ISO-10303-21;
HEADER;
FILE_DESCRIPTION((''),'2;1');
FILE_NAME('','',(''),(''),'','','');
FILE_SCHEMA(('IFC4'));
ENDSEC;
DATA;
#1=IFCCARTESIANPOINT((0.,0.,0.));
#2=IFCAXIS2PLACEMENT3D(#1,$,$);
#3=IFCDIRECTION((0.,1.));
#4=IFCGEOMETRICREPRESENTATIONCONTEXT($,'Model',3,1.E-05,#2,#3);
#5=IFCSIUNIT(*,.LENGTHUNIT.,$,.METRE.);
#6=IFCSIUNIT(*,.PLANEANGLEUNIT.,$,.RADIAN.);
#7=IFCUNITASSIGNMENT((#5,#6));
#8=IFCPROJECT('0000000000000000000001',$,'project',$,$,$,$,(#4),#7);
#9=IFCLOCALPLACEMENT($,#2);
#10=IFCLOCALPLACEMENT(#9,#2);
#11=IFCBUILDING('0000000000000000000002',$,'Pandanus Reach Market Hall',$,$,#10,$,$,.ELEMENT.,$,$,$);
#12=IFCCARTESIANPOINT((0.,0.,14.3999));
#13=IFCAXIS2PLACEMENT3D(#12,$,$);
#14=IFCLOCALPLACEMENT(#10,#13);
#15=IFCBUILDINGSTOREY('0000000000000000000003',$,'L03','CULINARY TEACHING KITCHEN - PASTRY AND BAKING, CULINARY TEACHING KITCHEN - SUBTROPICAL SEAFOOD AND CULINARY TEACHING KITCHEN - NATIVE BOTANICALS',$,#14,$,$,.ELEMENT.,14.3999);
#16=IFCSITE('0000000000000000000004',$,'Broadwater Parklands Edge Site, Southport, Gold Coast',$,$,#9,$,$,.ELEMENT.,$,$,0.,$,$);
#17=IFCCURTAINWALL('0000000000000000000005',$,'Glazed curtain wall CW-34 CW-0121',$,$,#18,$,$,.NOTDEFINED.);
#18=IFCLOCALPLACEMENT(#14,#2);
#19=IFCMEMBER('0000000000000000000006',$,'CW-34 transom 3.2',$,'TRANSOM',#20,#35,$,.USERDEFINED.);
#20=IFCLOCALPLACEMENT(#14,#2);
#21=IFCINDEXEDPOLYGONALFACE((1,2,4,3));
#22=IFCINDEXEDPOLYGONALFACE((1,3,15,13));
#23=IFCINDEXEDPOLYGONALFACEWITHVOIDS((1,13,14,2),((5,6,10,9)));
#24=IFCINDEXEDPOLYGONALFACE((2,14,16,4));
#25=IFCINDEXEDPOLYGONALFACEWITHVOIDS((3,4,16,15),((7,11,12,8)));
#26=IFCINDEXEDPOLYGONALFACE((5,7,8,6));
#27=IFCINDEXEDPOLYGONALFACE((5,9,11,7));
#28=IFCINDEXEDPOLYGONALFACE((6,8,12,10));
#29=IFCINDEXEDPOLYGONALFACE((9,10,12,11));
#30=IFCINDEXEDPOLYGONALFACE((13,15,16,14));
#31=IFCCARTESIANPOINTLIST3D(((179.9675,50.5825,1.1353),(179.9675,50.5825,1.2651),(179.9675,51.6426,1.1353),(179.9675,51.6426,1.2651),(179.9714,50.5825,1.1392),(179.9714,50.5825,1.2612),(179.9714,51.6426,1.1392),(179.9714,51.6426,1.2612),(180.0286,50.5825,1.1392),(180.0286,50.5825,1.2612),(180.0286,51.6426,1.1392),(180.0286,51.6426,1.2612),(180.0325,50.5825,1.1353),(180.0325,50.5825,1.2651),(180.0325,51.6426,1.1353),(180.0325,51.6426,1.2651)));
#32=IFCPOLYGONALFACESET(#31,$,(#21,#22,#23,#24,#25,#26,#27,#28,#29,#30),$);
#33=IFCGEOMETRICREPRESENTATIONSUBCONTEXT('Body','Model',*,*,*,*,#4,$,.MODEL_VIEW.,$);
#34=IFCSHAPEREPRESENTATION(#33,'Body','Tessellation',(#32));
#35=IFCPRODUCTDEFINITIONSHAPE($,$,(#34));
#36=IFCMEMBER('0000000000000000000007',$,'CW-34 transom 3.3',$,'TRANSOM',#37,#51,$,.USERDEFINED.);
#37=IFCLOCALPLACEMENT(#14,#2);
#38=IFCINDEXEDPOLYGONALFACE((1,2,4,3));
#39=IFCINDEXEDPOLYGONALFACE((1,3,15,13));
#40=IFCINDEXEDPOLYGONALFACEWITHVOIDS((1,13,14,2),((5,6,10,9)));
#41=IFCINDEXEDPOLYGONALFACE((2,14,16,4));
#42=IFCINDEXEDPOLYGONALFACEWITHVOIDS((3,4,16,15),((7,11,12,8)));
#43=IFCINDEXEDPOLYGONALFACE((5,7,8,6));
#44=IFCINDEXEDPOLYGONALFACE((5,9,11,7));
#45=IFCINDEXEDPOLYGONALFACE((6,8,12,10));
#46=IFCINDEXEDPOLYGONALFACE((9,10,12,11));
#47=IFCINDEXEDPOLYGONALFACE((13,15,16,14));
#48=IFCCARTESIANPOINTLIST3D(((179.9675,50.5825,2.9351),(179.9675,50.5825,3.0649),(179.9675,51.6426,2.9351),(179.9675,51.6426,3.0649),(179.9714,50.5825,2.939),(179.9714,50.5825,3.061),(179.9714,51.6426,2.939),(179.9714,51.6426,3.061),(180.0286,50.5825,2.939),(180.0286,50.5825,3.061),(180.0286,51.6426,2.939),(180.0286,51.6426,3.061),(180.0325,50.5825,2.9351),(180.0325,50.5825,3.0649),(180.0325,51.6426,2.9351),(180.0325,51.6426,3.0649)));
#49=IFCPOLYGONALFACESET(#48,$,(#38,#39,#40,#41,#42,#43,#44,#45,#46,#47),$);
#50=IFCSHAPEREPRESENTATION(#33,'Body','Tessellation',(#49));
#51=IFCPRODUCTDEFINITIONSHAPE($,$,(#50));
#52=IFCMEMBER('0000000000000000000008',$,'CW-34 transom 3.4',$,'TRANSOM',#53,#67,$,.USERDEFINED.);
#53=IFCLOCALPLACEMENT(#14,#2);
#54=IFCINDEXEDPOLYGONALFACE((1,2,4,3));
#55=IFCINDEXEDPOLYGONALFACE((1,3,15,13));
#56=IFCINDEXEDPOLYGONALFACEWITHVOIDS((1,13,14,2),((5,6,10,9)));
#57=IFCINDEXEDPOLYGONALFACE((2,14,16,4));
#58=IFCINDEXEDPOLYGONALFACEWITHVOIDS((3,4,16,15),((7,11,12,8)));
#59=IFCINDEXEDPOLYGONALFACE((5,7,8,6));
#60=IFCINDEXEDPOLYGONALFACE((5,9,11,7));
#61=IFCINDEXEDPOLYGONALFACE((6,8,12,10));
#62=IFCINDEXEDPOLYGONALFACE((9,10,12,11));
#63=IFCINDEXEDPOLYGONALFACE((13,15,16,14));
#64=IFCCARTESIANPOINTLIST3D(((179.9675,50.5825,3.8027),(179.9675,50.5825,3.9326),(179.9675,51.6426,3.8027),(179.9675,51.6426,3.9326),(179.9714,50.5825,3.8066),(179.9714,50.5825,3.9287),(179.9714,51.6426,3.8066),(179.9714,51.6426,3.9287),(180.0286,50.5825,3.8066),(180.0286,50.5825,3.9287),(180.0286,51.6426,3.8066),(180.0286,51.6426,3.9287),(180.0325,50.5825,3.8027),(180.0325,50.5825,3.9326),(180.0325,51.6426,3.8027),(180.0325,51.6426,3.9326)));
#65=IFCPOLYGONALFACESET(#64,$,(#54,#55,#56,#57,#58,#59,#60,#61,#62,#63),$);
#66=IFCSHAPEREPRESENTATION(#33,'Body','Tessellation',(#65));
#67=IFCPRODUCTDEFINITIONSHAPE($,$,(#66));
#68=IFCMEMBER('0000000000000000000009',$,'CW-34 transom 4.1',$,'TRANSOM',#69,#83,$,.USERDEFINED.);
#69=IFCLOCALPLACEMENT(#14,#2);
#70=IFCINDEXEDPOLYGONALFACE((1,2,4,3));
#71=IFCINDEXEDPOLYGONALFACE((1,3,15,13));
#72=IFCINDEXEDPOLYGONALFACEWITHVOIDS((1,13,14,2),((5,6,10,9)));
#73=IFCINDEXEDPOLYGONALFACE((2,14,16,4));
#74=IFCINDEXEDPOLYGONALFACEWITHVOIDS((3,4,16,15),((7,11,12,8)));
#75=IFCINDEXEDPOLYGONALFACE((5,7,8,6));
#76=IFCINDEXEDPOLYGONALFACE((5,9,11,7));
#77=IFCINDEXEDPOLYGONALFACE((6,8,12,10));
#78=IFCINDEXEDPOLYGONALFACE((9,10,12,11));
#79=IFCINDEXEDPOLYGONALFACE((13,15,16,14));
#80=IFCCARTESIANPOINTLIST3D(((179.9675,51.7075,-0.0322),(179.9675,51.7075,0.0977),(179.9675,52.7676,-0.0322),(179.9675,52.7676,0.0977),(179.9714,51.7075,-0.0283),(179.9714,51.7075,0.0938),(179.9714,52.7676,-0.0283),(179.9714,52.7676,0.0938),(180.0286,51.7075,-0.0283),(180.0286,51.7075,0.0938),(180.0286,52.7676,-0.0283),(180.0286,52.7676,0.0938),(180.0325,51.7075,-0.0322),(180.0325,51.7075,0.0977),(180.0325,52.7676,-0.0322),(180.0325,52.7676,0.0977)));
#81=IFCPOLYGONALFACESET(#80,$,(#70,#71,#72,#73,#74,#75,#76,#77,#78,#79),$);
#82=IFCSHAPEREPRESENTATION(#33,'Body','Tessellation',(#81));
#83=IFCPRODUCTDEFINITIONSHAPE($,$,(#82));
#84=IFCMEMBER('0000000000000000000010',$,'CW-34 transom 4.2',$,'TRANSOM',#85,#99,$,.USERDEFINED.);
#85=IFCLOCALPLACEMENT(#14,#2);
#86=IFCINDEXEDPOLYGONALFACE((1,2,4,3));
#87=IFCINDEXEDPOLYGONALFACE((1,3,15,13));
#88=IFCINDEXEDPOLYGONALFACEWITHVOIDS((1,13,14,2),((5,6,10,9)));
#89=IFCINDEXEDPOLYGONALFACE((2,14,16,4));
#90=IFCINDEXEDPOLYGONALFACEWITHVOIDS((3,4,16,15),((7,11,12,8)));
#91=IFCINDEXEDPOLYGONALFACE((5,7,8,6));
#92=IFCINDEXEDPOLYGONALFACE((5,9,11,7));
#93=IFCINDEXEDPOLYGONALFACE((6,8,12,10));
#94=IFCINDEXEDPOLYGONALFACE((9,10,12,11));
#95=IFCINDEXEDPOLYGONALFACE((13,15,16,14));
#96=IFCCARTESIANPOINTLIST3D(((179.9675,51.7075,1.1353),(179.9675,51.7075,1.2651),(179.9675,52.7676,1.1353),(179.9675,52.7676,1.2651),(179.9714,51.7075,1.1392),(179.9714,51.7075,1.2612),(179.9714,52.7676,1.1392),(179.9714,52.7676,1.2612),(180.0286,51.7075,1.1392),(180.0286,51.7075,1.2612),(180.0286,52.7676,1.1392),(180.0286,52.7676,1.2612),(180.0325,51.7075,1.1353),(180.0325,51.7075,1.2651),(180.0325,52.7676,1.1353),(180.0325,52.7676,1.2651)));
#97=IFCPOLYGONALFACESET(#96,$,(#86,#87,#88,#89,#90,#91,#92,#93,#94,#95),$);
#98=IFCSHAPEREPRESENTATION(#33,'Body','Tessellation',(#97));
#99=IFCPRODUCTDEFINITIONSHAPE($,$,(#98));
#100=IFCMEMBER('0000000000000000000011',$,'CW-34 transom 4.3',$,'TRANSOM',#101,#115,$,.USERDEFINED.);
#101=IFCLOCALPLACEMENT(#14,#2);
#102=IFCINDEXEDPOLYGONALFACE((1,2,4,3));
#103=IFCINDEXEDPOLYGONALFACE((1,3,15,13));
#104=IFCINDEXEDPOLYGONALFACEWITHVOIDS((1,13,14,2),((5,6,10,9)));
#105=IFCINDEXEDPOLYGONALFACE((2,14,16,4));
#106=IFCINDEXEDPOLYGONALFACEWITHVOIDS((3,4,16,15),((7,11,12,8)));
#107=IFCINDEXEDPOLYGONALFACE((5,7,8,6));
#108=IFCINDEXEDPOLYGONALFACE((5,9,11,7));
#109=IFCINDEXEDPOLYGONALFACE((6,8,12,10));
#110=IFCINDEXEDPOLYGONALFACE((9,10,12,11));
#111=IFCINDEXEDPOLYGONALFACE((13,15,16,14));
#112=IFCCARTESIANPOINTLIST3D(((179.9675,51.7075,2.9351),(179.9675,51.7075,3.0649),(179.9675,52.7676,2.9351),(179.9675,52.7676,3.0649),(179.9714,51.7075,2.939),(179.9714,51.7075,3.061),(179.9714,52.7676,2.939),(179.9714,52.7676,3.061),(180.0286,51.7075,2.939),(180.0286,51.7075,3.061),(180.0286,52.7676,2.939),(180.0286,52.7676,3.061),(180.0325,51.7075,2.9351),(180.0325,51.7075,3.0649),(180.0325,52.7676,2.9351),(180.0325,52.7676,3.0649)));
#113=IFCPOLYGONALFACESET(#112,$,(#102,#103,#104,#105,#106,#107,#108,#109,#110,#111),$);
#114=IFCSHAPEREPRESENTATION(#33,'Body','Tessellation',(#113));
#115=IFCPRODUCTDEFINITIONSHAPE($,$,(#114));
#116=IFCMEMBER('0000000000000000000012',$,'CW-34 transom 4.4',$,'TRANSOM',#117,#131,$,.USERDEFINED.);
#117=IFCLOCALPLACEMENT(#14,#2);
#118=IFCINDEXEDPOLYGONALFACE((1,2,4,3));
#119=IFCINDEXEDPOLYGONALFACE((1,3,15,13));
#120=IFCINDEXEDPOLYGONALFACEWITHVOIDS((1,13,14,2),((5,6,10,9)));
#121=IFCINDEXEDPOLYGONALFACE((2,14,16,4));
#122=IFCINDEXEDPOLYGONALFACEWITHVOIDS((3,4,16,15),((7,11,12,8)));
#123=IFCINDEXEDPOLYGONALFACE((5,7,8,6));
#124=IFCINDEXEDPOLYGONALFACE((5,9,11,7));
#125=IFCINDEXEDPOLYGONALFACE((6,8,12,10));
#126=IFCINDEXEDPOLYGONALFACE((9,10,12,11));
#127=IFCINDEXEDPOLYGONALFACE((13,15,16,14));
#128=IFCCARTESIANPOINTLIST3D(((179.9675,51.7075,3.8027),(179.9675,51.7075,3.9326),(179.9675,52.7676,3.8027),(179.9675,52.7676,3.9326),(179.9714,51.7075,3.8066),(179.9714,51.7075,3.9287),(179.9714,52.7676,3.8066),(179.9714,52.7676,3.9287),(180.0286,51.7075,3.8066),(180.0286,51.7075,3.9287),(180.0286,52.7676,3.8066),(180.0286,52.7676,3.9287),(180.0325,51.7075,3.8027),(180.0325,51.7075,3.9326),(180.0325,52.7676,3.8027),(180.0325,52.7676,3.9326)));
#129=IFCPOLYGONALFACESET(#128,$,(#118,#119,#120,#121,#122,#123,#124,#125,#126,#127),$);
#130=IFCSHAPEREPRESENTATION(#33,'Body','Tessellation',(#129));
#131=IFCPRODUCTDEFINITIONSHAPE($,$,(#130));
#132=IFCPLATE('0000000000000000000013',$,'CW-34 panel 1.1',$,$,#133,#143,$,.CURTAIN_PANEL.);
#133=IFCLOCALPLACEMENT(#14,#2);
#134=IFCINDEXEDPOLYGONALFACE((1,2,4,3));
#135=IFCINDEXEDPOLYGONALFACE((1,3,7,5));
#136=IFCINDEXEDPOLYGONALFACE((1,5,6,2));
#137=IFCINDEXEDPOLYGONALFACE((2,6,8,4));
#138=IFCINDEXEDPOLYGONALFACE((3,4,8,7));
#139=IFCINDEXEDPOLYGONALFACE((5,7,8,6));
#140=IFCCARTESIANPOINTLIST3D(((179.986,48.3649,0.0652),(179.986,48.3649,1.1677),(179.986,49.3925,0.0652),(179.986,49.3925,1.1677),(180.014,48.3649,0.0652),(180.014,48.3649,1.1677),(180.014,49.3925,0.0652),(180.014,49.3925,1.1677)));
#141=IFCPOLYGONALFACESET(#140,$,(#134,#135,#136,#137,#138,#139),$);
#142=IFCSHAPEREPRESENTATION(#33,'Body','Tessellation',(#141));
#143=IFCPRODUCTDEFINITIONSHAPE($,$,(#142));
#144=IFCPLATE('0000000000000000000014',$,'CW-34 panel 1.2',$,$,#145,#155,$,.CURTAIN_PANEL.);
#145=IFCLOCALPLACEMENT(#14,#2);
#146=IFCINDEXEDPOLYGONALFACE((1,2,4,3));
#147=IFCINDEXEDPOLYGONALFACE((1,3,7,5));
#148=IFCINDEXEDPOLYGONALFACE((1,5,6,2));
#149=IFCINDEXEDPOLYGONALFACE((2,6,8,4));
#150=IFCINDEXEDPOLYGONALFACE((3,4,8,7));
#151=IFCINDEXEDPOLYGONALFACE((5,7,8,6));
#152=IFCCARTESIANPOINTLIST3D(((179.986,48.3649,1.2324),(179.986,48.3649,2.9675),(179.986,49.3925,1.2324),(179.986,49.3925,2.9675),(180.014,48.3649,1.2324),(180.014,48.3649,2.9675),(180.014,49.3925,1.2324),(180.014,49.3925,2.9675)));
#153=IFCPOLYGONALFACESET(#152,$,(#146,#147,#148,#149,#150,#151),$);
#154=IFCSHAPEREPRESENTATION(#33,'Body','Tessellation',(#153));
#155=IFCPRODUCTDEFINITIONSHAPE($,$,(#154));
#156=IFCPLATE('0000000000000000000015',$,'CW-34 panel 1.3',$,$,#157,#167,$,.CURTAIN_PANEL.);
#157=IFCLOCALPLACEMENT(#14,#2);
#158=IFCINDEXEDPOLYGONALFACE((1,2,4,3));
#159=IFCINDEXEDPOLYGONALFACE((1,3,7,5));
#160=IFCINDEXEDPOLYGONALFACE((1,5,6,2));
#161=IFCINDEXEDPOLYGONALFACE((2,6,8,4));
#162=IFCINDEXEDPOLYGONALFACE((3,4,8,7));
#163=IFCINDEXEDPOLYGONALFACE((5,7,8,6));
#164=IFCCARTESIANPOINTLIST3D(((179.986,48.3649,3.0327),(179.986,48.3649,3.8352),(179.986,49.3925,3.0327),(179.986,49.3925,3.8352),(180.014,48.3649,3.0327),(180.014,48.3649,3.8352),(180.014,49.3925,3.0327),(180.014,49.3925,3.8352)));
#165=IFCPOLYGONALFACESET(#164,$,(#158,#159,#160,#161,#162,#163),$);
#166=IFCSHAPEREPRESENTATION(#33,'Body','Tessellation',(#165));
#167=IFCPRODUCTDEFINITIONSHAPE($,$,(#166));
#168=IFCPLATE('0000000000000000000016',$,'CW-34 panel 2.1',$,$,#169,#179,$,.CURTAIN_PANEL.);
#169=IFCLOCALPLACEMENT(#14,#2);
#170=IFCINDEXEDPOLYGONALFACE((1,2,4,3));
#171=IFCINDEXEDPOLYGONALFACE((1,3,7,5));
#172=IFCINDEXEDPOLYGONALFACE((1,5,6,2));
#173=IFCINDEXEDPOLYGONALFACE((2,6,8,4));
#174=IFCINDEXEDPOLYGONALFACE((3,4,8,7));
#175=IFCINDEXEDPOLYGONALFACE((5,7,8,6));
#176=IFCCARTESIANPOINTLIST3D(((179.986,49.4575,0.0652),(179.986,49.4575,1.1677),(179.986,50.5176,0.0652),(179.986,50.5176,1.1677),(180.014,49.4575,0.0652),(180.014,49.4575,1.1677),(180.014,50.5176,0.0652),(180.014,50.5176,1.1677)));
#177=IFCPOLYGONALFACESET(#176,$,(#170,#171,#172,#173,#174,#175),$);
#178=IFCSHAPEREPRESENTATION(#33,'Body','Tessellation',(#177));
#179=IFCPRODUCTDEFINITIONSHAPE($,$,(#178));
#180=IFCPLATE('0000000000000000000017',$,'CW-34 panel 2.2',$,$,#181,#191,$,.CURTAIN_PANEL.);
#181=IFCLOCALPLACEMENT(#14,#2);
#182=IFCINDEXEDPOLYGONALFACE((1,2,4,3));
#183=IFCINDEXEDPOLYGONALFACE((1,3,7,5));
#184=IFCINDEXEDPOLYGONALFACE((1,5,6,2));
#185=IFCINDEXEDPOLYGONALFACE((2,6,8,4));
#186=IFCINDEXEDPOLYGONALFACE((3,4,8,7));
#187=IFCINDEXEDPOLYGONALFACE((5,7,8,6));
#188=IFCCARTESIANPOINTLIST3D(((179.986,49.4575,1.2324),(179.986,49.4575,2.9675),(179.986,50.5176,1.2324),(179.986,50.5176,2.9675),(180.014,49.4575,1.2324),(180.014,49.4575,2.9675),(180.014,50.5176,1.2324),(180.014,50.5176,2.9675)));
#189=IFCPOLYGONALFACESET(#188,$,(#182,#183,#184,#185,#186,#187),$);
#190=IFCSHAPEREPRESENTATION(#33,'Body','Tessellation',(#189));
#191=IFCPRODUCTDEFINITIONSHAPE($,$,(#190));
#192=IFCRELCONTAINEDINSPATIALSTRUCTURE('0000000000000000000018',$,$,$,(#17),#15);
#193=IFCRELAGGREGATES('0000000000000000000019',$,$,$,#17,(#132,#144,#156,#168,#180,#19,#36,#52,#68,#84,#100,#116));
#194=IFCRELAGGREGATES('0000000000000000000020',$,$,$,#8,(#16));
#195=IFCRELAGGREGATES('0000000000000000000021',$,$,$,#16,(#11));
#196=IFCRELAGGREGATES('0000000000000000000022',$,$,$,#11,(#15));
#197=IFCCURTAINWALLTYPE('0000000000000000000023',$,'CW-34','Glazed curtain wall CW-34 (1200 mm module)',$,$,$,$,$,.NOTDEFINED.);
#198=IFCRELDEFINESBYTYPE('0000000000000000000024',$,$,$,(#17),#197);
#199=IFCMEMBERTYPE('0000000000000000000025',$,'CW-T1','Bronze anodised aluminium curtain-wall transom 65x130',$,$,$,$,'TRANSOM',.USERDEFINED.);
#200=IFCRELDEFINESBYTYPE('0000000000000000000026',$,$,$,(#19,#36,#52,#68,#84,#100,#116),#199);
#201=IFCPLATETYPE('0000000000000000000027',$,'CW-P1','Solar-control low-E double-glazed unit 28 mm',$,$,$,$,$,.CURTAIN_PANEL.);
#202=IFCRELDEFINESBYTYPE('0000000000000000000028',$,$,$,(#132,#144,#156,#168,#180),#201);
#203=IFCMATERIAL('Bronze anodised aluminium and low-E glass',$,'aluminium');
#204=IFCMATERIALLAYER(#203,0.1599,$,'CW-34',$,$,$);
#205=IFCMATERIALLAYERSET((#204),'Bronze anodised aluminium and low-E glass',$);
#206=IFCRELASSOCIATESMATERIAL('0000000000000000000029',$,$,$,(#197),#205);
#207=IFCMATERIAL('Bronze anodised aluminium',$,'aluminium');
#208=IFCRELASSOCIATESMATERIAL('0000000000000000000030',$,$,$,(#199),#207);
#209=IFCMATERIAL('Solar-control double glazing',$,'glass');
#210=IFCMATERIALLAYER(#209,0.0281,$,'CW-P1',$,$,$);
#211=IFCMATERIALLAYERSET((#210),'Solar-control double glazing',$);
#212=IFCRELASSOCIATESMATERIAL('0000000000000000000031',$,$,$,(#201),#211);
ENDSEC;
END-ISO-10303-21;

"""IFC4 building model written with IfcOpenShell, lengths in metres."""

from ifc_helpers import new_model, si_unit, direction, frame, origin, origin_2d, place, context, subcontext, project, spatial, rectangle, hollow_rectangle, extrude, material, layer, layer_set, material_profile, profile_set, type_object, element, aggregate, save


model = new_model("IFC4")

# Units and contexts
model_context = context("Model", 3, precision=1e-05, world=origin(), true_north=direction((0.0, 1.0)))
body_context = subcontext(model_context, "Body", "Model", "MODEL_VIEW")
ifc_project = project(units=[si_unit("LENGTHUNIT", "METRE"), si_unit("PLANEANGLEUNIT", "RADIAN")], contexts=[model_context])

# Site, building, storey
site_placement = place(None, origin())
site = spatial("IfcSite", under=ifc_project, at=site_placement, Name="Broadwater Parklands Edge Site, Southport, Gold Coast", CompositionType="ELEMENT", RefElevation=0.0)
building_placement = place(site_placement, origin())
building = spatial("IfcBuilding", under=site, at=building_placement, Name="Pandanus Reach Market Hall", CompositionType="ELEMENT")
storey_placement = place(building_placement, frame((0.0, 0.0, 14.3999)))
storey = spatial("IfcBuildingStorey", under=building, at=storey_placement, Name="L03", Description="CULINARY TEACHING KITCHEN - PASTRY AND BAKING, CULINARY TEACHING KITCHEN - SUBTROPICAL SEAFOOD AND CULINARY TEACHING KITCHEN - NATIVE BOTANICALS", CompositionType="ELEMENT", Elevation=14.3999)

# Curtain wall, members, plates
ifc_material_1 = material(Name="Bronze anodised aluminium and low-E glass", Category="aluminium")
ifc_layer_1 = layer(ifc_material_1, 0.1599, Name="CW-34")
ifc_layer_set_1 = layer_set([ifc_layer_1], Name="Bronze anodised aluminium and low-E glass")
curtain_wall_type = type_object("IfcCurtainWallType", Name="CW-34", Description="Glazed curtain wall CW-34 (1200 mm module)", PredefinedType="NOTDEFINED", material=ifc_layer_set_1)
curtain_wall_placement = place(storey_placement, origin())
curtain_wall = element("IfcCurtainWall", 1, at=curtain_wall_placement, inside=storey, type_object=curtain_wall_type, Name="Glazed curtain wall CW-34 CW-0121", PredefinedType="NOTDEFINED")
ifc_material_2 = material(Name="Bronze anodised aluminium", Category="aluminium")
ifc_material_profile_1 = material_profile(ifc_material_2, hollow_rectangle(XDim=0.0649, YDim=0.1299, WallThickness=0.0039, at=origin_2d()), Name="ALU65x130", Category="LoadBearing")
ifc_profile_set_1 = profile_set([ifc_material_profile_1], Name="Bronze anodised aluminium")
member_type_1 = type_object("IfcMemberType", Name="CW-T1", Description="Bronze anodised aluminium curtain-wall transom 65x130", ElementType="TRANSOM", PredefinedType="USERDEFINED", material=ifc_profile_set_1)
member_1_placement = place(storey_placement, frame((180.0, 50.5825, 1.2002), z_axis=(0.0, 1.0, 0.0), x_axis=(-1.0, 0.0, 0.0)))
member_1 = element("IfcMember", 2, at=member_1_placement, type_object=member_type_1, Name="CW-34 transom 3.2", ObjectType="TRANSOM", PredefinedType="USERDEFINED", context=body_context, shape_type="SweptSolid", body=[
    extrude(hollow_rectangle(XDim=0.0649, YDim=0.1299, WallThickness=0.0039, at=origin_2d()), origin(), (0.0, 0.0, 1.0), 1.0601),
])
member_2_placement = place(storey_placement, frame((180.0, 50.5825, 3.0), z_axis=(0.0, 1.0, 0.0), x_axis=(-1.0, 0.0, 0.0)))
member_2 = element("IfcMember", 3, at=member_2_placement, type_object=member_type_1, Name="CW-34 transom 3.3", ObjectType="TRANSOM", PredefinedType="USERDEFINED", context=body_context, shape_type="SweptSolid", body=[
    extrude(hollow_rectangle(XDim=0.0649, YDim=0.1299, WallThickness=0.0039, at=origin_2d()), origin(), (0.0, 0.0, 1.0), 1.0601),
])
member_3_placement = place(storey_placement, frame((180.0, 50.5825, 3.8677), z_axis=(0.0, 1.0, 0.0), x_axis=(-1.0, 0.0, 0.0)))
member_3 = element("IfcMember", 4, at=member_3_placement, type_object=member_type_1, Name="CW-34 transom 3.4", ObjectType="TRANSOM", PredefinedType="USERDEFINED", context=body_context, shape_type="SweptSolid", body=[
    extrude(hollow_rectangle(XDim=0.0649, YDim=0.1299, WallThickness=0.0039, at=origin_2d()), origin(), (0.0, 0.0, 1.0), 1.0601),
])
member_4_placement = place(storey_placement, frame((180.0, 51.7075, 0.0327), z_axis=(0.0, 1.0, 0.0), x_axis=(-1.0, 0.0, 0.0)))
member_4 = element("IfcMember", 5, at=member_4_placement, type_object=member_type_1, Name="CW-34 transom 4.1", ObjectType="TRANSOM", PredefinedType="USERDEFINED", context=body_context, shape_type="SweptSolid", body=[
    extrude(hollow_rectangle(XDim=0.0649, YDim=0.1299, WallThickness=0.0039, at=origin_2d()), origin(), (0.0, 0.0, 1.0), 1.0601),
])
member_5_placement = place(storey_placement, frame((180.0, 51.7075, 1.2002), z_axis=(0.0, 1.0, 0.0), x_axis=(-1.0, 0.0, 0.0)))
member_5 = element("IfcMember", 6, at=member_5_placement, type_object=member_type_1, Name="CW-34 transom 4.2", ObjectType="TRANSOM", PredefinedType="USERDEFINED", context=body_context, shape_type="SweptSolid", body=[
    extrude(hollow_rectangle(XDim=0.0649, YDim=0.1299, WallThickness=0.0039, at=origin_2d()), origin(), (0.0, 0.0, 1.0), 1.0601),
])
member_6_placement = place(storey_placement, frame((180.0, 51.7075, 3.0), z_axis=(0.0, 1.0, 0.0), x_axis=(-1.0, 0.0, 0.0)))
member_6 = element("IfcMember", 7, at=member_6_placement, type_object=member_type_1, Name="CW-34 transom 4.3", ObjectType="TRANSOM", PredefinedType="USERDEFINED", context=body_context, shape_type="SweptSolid", body=[
    extrude(hollow_rectangle(XDim=0.0649, YDim=0.1299, WallThickness=0.0039, at=origin_2d()), origin(), (0.0, 0.0, 1.0), 1.0601),
])
member_7_placement = place(storey_placement, frame((180.0, 51.7075, 3.8677), z_axis=(0.0, 1.0, 0.0), x_axis=(-1.0, 0.0, 0.0)))
member_7 = element("IfcMember", 8, at=member_7_placement, type_object=member_type_1, Name="CW-34 transom 4.4", ObjectType="TRANSOM", PredefinedType="USERDEFINED", context=body_context, shape_type="SweptSolid", body=[
    extrude(hollow_rectangle(XDim=0.0649, YDim=0.1299, WallThickness=0.0039, at=origin_2d()), origin(), (0.0, 0.0, 1.0), 1.0601),
])
ifc_material_3 = material(Name="Solar-control double glazing", Category="glass")
ifc_layer_2 = layer(ifc_material_3, 0.0281, Name="CW-P1")
ifc_layer_set_2 = layer_set([ifc_layer_2], Name="Solar-control double glazing")
plate_type = type_object("IfcPlateType", Name="CW-P1", Description="Solar-control low-E double-glazed unit 28 mm", PredefinedType="CURTAIN_PANEL", material=ifc_layer_set_2)
plate_1_placement = place(storey_placement, frame((180.0, 48.8787, 0.0652), z_axis=(0.0, 0.0, 1.0), x_axis=(0.0, 1.0, 0.0)))
plate_1 = element("IfcPlate", 9, at=plate_1_placement, type_object=plate_type, Name="CW-34 panel 1.1", PredefinedType="CURTAIN_PANEL", context=body_context, shape_type="SweptSolid", body=[
    extrude(rectangle(XDim=1.0276, YDim=0.0281, at=origin_2d()), origin(), (0.0, 0.0, 1.0), 1.1025),
])
plate_2_placement = place(storey_placement, frame((180.0, 48.8787, 1.2324), z_axis=(0.0, 0.0, 1.0), x_axis=(0.0, 1.0, 0.0)))
plate_2 = element("IfcPlate", 10, at=plate_2_placement, type_object=plate_type, Name="CW-34 panel 1.2", PredefinedType="CURTAIN_PANEL", context=body_context, shape_type="SweptSolid", body=[
    extrude(rectangle(XDim=1.0276, YDim=0.0281, at=origin_2d()), origin(), (0.0, 0.0, 1.0), 1.7351),
])
plate_3_placement = place(storey_placement, frame((180.0, 48.8787, 3.0327), z_axis=(0.0, 0.0, 1.0), x_axis=(0.0, 1.0, 0.0)))
plate_3 = element("IfcPlate", 11, at=plate_3_placement, type_object=plate_type, Name="CW-34 panel 1.3", PredefinedType="CURTAIN_PANEL", context=body_context, shape_type="SweptSolid", body=[
    extrude(rectangle(XDim=1.0276, YDim=0.0281, at=origin_2d()), origin(), (0.0, 0.0, 1.0), 0.8025),
])
plate_4_placement = place(storey_placement, frame((180.0, 49.9875, 0.0652), z_axis=(0.0, 0.0, 1.0), x_axis=(0.0, 1.0, 0.0)))
plate_4 = element("IfcPlate", 12, at=plate_4_placement, type_object=plate_type, Name="CW-34 panel 2.1", PredefinedType="CURTAIN_PANEL", context=body_context, shape_type="SweptSolid", body=[
    extrude(rectangle(XDim=1.0601, YDim=0.0281, at=origin_2d()), origin(), (0.0, 0.0, 1.0), 1.1025),
])
plate_5_placement = place(storey_placement, frame((180.0, 49.9875, 1.2324), z_axis=(0.0, 0.0, 1.0), x_axis=(0.0, 1.0, 0.0)))
plate_5 = element("IfcPlate", 13, at=plate_5_placement, type_object=plate_type, Name="CW-34 panel 2.2", PredefinedType="CURTAIN_PANEL", context=body_context, shape_type="SweptSolid", body=[
    extrude(rectangle(XDim=1.0601, YDim=0.0281, at=origin_2d()), origin(), (0.0, 0.0, 1.0), 1.7351),
])
aggregate(curtain_wall, [plate_1, plate_2, plate_3, plate_4, plate_5, member_1, member_2, member_3, member_4, member_5, member_6, member_7])

save(model, "model.ifc")
